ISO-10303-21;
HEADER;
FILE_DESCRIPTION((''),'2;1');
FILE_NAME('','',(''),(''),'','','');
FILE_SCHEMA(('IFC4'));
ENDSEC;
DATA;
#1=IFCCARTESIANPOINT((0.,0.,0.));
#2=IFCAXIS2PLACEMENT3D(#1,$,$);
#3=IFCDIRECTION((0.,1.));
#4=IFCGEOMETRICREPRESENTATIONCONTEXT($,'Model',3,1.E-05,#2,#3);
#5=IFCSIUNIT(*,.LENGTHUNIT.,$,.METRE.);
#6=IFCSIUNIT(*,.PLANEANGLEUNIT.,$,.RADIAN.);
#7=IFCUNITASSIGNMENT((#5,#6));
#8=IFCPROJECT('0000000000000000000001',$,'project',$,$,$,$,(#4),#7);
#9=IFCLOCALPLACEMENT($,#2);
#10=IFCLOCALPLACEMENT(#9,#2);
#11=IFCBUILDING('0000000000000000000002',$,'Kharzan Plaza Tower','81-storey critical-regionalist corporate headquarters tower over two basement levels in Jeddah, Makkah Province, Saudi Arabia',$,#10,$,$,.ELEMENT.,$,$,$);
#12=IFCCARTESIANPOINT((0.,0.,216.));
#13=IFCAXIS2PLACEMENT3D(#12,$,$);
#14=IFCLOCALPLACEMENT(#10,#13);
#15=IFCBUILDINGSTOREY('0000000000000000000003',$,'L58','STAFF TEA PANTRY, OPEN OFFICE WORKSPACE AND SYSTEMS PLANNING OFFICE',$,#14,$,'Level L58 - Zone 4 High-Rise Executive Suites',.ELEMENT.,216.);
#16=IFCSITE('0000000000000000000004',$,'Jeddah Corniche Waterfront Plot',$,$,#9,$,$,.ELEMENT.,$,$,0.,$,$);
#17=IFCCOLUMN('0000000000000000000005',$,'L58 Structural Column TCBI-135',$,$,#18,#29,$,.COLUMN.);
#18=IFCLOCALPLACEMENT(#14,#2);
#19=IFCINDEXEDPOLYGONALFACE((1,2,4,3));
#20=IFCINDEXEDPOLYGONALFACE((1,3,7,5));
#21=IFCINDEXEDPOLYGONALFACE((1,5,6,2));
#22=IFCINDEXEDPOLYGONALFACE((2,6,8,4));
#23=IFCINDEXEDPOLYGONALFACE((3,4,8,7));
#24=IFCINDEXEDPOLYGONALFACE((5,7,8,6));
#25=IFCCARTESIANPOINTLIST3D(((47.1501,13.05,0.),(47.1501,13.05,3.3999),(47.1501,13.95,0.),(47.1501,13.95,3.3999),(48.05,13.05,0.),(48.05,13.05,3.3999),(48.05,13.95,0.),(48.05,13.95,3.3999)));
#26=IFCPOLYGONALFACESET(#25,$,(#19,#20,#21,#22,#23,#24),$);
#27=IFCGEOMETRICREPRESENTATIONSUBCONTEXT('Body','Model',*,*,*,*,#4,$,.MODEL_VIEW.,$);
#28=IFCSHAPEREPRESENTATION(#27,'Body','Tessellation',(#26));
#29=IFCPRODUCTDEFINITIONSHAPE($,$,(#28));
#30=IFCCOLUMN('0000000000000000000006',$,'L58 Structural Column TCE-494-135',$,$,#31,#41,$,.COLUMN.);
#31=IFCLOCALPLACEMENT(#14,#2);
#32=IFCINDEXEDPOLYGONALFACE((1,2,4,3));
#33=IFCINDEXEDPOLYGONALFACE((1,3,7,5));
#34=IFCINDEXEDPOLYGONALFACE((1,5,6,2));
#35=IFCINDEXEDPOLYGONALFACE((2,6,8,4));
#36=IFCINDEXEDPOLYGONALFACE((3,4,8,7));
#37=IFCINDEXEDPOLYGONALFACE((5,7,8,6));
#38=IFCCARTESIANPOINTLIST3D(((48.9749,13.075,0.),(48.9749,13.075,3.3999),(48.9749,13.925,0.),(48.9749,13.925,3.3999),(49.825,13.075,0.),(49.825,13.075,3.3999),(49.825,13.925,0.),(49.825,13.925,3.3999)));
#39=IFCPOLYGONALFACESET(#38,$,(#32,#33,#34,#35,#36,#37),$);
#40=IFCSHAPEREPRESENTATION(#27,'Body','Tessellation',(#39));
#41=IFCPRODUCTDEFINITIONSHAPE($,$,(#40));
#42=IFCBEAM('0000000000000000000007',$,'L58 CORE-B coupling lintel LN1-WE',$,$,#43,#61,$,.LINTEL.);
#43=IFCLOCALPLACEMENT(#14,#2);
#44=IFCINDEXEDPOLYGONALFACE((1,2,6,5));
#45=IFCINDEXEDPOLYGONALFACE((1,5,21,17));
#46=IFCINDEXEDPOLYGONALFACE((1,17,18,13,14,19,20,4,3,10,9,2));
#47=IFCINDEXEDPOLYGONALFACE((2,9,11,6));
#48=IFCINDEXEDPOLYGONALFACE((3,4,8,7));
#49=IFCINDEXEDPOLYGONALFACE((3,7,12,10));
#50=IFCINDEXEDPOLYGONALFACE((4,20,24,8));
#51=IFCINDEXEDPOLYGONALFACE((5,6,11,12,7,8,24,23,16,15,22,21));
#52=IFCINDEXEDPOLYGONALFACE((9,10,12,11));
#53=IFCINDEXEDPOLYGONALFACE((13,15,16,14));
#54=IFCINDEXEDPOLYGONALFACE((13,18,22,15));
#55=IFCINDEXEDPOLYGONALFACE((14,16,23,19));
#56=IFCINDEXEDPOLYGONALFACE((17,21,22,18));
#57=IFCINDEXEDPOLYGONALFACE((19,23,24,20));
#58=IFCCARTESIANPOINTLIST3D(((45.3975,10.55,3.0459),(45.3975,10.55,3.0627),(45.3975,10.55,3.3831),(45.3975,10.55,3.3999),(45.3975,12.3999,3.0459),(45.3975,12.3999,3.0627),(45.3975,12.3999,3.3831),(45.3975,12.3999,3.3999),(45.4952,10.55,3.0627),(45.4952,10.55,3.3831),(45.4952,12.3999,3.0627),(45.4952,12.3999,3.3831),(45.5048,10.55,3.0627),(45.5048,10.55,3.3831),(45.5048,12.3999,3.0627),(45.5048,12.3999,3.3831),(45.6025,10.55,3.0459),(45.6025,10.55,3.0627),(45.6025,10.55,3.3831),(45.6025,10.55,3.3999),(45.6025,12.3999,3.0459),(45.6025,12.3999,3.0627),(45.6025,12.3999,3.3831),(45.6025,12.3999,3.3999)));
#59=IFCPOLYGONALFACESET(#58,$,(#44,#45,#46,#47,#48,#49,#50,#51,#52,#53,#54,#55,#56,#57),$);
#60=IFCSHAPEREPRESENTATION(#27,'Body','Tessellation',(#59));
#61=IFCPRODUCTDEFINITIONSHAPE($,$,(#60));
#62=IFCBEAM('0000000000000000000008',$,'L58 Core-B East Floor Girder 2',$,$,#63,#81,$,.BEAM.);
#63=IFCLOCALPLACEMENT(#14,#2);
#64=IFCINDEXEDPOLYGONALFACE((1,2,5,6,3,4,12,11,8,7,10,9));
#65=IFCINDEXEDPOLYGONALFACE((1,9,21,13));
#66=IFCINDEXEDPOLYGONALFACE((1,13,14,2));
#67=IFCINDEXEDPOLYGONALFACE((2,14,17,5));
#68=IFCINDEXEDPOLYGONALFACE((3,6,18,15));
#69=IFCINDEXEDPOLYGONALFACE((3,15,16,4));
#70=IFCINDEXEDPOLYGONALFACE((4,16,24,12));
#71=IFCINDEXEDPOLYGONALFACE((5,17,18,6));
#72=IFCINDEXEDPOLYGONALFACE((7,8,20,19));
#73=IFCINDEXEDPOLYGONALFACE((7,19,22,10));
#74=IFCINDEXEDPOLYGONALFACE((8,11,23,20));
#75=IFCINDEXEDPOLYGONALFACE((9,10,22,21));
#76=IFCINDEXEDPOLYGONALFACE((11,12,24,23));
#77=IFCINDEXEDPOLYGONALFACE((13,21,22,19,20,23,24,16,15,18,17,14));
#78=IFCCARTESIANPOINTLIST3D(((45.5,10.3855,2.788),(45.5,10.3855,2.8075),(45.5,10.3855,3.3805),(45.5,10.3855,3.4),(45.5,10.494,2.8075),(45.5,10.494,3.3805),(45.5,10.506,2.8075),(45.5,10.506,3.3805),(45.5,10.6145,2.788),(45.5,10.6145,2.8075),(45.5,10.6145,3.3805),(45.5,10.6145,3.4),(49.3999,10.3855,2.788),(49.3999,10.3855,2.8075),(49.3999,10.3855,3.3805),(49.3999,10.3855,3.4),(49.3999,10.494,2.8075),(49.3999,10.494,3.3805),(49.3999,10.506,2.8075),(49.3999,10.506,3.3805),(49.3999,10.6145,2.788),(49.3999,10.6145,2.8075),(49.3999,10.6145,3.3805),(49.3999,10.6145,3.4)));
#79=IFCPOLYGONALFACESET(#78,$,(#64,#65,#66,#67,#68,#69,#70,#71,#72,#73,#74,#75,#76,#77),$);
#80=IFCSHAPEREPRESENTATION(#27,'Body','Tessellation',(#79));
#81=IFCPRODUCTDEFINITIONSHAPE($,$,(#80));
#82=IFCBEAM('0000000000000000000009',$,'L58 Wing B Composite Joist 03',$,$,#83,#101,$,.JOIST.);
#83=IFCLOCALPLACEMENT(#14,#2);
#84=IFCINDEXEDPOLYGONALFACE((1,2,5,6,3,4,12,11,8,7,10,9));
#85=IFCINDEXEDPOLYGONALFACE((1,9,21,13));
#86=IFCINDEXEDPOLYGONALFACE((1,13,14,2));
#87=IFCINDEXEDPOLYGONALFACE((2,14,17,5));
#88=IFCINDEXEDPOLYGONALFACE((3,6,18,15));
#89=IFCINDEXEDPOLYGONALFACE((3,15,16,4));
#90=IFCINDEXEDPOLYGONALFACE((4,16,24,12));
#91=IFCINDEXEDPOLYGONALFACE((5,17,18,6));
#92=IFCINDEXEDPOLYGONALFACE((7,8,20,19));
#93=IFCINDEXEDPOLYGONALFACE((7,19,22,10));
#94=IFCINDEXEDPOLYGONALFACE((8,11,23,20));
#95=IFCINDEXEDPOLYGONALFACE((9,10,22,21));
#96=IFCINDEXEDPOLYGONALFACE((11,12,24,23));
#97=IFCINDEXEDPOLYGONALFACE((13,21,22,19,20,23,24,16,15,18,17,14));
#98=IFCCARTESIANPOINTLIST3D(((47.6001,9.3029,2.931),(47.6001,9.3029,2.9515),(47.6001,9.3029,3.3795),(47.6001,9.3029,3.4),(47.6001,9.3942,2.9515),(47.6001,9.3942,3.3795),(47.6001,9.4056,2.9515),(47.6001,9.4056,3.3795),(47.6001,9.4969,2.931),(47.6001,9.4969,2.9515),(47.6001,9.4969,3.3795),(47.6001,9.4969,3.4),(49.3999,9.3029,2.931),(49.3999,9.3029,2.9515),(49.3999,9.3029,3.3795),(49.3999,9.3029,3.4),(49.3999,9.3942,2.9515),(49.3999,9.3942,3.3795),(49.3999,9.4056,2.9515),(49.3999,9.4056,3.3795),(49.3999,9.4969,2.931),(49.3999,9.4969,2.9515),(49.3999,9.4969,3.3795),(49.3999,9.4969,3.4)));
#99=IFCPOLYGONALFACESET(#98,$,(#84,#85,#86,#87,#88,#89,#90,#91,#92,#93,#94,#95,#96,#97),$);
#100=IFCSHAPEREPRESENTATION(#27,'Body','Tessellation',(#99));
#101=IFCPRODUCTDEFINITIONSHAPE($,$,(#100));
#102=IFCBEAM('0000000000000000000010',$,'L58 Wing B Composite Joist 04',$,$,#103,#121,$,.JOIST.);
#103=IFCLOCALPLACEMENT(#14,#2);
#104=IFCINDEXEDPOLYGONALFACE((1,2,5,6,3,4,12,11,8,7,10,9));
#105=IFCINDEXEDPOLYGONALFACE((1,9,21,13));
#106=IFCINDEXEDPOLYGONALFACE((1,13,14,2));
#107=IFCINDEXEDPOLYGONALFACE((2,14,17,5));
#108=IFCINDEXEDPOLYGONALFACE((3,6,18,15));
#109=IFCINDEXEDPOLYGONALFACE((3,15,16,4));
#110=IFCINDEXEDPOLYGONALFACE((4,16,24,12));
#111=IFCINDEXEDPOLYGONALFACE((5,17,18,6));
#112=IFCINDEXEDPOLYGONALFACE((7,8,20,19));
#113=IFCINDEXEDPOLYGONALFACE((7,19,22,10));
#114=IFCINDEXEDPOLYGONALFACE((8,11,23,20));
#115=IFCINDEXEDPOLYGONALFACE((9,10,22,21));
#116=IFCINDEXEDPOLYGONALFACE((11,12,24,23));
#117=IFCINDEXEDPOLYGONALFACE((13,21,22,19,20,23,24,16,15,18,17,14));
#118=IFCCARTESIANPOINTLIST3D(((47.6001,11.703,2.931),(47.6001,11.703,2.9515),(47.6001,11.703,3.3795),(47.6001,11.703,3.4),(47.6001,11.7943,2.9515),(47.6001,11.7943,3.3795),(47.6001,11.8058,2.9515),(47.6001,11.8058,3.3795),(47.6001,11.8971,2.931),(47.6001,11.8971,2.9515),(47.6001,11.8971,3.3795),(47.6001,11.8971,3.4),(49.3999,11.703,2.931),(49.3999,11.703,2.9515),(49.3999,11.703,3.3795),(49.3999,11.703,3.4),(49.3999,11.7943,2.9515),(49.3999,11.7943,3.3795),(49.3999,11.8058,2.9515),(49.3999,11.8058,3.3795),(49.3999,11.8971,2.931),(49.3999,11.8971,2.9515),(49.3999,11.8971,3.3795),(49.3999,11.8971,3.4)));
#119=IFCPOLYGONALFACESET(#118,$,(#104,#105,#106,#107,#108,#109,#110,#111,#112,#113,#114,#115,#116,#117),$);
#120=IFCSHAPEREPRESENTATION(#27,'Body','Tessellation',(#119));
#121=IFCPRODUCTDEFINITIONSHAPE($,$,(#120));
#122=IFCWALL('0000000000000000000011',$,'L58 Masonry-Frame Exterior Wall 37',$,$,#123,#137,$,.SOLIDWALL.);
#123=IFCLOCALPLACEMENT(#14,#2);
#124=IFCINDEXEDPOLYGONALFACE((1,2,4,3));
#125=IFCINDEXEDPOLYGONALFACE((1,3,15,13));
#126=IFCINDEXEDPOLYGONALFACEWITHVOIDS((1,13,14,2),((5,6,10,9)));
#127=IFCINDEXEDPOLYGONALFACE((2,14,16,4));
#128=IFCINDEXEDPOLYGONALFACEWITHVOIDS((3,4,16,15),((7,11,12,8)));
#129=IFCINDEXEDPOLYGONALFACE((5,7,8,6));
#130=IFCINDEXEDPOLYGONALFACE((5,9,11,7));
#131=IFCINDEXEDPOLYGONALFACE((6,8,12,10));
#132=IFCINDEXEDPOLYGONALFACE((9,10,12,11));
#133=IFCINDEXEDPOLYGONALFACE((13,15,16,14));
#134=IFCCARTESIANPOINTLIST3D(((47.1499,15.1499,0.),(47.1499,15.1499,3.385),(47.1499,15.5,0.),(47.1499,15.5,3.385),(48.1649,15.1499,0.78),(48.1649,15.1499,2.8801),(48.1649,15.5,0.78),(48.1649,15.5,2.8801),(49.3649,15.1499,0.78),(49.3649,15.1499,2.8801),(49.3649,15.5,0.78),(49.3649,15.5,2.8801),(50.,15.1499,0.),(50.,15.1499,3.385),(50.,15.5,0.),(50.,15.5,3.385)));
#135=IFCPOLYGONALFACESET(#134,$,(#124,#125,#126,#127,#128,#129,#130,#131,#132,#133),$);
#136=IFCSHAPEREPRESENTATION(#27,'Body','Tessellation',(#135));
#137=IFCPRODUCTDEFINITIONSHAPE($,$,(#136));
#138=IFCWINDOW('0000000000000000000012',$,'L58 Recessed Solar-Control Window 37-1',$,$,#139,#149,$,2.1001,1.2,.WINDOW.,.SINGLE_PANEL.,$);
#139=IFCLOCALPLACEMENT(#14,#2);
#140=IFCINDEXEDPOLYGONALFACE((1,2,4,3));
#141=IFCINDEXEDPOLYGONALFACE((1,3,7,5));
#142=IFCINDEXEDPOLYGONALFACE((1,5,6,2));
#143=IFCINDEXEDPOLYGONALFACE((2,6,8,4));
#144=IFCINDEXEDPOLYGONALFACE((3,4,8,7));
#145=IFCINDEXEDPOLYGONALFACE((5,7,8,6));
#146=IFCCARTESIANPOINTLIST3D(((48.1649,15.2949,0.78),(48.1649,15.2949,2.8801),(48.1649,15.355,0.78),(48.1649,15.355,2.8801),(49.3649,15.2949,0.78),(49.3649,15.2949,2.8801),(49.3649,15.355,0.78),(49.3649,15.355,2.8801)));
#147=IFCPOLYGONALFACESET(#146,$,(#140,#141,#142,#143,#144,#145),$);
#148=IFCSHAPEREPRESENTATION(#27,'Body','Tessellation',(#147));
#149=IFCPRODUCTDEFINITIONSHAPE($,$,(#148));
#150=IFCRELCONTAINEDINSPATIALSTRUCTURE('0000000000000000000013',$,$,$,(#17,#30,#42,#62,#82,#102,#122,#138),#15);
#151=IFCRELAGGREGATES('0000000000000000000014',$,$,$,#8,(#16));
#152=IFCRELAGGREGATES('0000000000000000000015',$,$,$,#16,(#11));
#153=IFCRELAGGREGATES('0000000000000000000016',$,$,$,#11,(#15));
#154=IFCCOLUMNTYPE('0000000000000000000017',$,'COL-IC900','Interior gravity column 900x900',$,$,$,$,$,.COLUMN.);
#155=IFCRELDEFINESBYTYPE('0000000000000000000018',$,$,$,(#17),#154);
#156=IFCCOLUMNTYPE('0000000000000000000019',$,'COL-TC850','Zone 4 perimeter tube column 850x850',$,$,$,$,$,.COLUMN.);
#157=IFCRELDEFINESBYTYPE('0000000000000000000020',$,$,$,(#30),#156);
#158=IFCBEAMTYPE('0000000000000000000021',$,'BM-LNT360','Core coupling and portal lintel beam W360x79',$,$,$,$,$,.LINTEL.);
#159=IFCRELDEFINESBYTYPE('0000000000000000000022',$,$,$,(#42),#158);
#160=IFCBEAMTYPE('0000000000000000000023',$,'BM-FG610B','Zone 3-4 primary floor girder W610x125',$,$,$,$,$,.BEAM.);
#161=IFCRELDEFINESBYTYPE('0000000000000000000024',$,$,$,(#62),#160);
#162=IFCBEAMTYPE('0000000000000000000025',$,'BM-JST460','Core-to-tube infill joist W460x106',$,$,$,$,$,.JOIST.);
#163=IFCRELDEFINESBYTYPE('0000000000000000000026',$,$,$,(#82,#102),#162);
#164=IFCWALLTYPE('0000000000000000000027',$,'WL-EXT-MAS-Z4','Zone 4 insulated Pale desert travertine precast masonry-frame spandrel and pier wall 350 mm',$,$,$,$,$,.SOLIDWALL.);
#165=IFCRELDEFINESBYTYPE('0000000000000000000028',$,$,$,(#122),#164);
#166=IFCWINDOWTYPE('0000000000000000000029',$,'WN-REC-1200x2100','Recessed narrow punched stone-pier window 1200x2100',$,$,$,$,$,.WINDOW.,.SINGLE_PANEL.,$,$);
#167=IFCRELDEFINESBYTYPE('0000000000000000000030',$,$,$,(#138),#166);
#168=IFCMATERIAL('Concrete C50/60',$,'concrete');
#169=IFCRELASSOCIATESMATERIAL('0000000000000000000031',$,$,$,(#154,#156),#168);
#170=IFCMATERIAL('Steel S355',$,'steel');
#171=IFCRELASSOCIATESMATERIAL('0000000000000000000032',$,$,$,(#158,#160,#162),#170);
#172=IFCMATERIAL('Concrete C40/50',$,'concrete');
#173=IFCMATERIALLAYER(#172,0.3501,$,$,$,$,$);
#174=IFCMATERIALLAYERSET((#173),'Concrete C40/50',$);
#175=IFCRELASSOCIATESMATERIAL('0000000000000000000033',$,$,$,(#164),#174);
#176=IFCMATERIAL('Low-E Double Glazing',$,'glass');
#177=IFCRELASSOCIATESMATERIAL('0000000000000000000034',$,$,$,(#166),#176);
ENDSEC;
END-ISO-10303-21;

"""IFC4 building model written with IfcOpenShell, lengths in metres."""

from ifc_helpers import new_model, si_unit, direction, frame, frame_2d, origin, origin_2d, place, context, subcontext, project, spatial, rectangle, i_section, extrude, source, transform, mapped, material, layer, layer_set, material_profile, profile_set, type_object, element, fill, save


model = new_model("IFC4")

# Units and contexts
model_context = context("Model", 3, precision=1e-05, world=origin(), true_north=direction((0.0, 1.0)))
body_context = subcontext(model_context, "Body", "Model", "MODEL_VIEW")
ifc_project = project(units=[si_unit("LENGTHUNIT", "METRE"), si_unit("PLANEANGLEUNIT", "RADIAN")], contexts=[model_context])

# Site, building, storey
site_placement = place(None, origin())
site = spatial("IfcSite", under=ifc_project, at=site_placement, Name="Jeddah Corniche Waterfront Plot", CompositionType="ELEMENT", RefElevation=0.0)
building_placement = place(site_placement, origin())
building = spatial("IfcBuilding", under=site, at=building_placement, Name="Kharzan Plaza Tower", Description="81-storey critical-regionalist corporate headquarters tower over two basement levels in Jeddah, Makkah Province, Saudi Arabia", CompositionType="ELEMENT")
storey_placement = place(building_placement, frame((0.0, 0.0, 216.0)))
storey = spatial("IfcBuildingStorey", under=building, at=storey_placement, Name="L58", Description="STAFF TEA PANTRY, OPEN OFFICE WORKSPACE AND SYSTEMS PLANNING OFFICE", LongName="Level L58 - Zone 4 High-Rise Executive Suites", CompositionType="ELEMENT", Elevation=216.0)

# Columns
ifc_material_1 = material(Name="Concrete C50/60", Category="concrete")
ifc_material_profile_1 = material_profile(ifc_material_1, rectangle(XDim=0.8999, YDim=0.8999, at=origin_2d()), Name="RC-IC900x900")
ifc_profile_set_1 = profile_set([ifc_material_profile_1], Name="Concrete C50/60")
column_type_1 = type_object("IfcColumnType", Name="COL-IC900", Description="Interior gravity column 900x900", PredefinedType="COLUMN", material=ifc_profile_set_1)
shared_shape_1 = source(origin(), body_context, "Body", "SweptSolid", [
    extrude(rectangle(XDim=0.8999, YDim=0.8999, at=origin_2d()), origin(), (0.0, 0.0, 1.0), 3.3999),
])
column_1_placement = place(storey_placement, frame((47.6001, 13.5, 0.0), z_axis=(0.0, 0.0, 1.0), x_axis=(1.0, 0.0, 0.0)))
element("IfcColumn", 1, at=column_1_placement, inside=storey, type_object=column_type_1, Name="L58 Structural Column TCBI-135", PredefinedType="COLUMN", context=body_context, shape_type="MappedRepresentation", body=[
    mapped(shared_shape_1, transform((0.0, 0.0, 0.0), x_axis=(1.0, 0.0, 0.0), y_axis=(0.0, 1.0, 0.0), z_axis=(0.0, 0.0, 1.0))),
])
ifc_material_profile_2 = material_profile(ifc_material_1, rectangle(XDim=0.8501, YDim=0.8501, at=origin_2d()), Name="RC-TC850x850")
ifc_profile_set_2 = profile_set([ifc_material_profile_2], Name="Concrete C50/60")
column_type_2 = type_object("IfcColumnType", Name="COL-TC850", Description="Zone 4 perimeter tube column 850x850", PredefinedType="COLUMN", material=ifc_profile_set_2)
shared_shape_2 = source(origin(), body_context, "Body", "SweptSolid", [
    extrude(rectangle(XDim=0.8501, YDim=0.8501, at=origin_2d()), origin(), (0.0, 0.0, 1.0), 3.3999),
])
column_2_placement = place(storey_placement, frame((49.3999, 13.5, 0.0), z_axis=(0.0, 0.0, 1.0), x_axis=(1.0, 0.0, 0.0)))
element("IfcColumn", 2, at=column_2_placement, inside=storey, type_object=column_type_2, Name="L58 Structural Column TCE-494-135", PredefinedType="COLUMN", context=body_context, shape_type="MappedRepresentation", body=[
    mapped(shared_shape_2, transform((0.0, 0.0, 0.0), x_axis=(1.0, 0.0, 0.0), y_axis=(0.0, 1.0, 0.0), z_axis=(0.0, 0.0, 1.0))),
])

# Beams
ifc_material_2 = material(Name="Steel S355", Category="steel")
ifc_material_profile_3 = material_profile(ifc_material_2, i_section(OverallWidth=0.2051, OverallDepth=0.354, WebThickness=0.0095, FlangeThickness=0.0168, at=origin_2d()), Name="W360x79")
ifc_profile_set_3 = profile_set([ifc_material_profile_3], Name="Steel S355")
beam_type_1 = type_object("IfcBeamType", Name="BM-LNT360", Description="Core coupling and portal lintel beam W360x79", PredefinedType="LINTEL", material=ifc_profile_set_3)
shared_shape_3 = source(origin(), body_context, "Body", "SweptSolid", [
    extrude(i_section(OverallWidth=0.2051, OverallDepth=0.354, WebThickness=0.0095, FlangeThickness=0.0168, at=origin_2d()), origin(), (0.0, 0.0, 1.0), 1.8499),
])
beam_1_placement = place(storey_placement, frame((45.5, 10.55, 3.2229), z_axis=(0.0, 1.0, 0.0), x_axis=(-1.0, 0.0, 0.0)))
element("IfcBeam", 3, at=beam_1_placement, inside=storey, type_object=beam_type_1, Name="L58 CORE-B coupling lintel LN1-WE", PredefinedType="LINTEL", context=body_context, shape_type="MappedRepresentation", body=[
    mapped(shared_shape_3, transform((0.0, 0.0, 0.0), x_axis=(1.0, 0.0, 0.0), y_axis=(0.0, 1.0, 0.0), z_axis=(0.0, 0.0, 1.0))),
])
ifc_material_profile_4 = material_profile(ifc_material_2, i_section(OverallWidth=0.229, OverallDepth=0.6121, WebThickness=0.012, FlangeThickness=0.0195, at=origin_2d()), Name="W610x125")
ifc_profile_set_4 = profile_set([ifc_material_profile_4], Name="Steel S355")
beam_type_2 = type_object("IfcBeamType", Name="BM-FG610B", Description="Zone 3-4 primary floor girder W610x125", PredefinedType="BEAM", material=ifc_profile_set_4)
shared_shape_4 = source(origin(), body_context, "Body", "SweptSolid", [
    extrude(i_section(OverallWidth=0.229, OverallDepth=0.6121, WebThickness=0.012, FlangeThickness=0.0195, at=origin_2d()), origin(), (0.0, 0.0, 1.0), 3.8999),
])
beam_2_placement = place(storey_placement, frame((45.5, 10.5, 3.094), z_axis=(1.0, 0.0, 0.0), x_axis=(0.0, 1.0, 0.0)))
element("IfcBeam", 4, at=beam_2_placement, inside=storey, type_object=beam_type_2, Name="L58 Core-B East Floor Girder 2", PredefinedType="BEAM", context=body_context, shape_type="MappedRepresentation", body=[
    mapped(shared_shape_4, transform((0.0, 0.0, 0.0), x_axis=(1.0, 0.0, 0.0), y_axis=(0.0, 1.0, 0.0), z_axis=(0.0, 0.0, 1.0))),
])
ifc_material_profile_5 = material_profile(ifc_material_2, i_section(OverallWidth=0.1941, OverallDepth=0.469, WebThickness=0.0115, FlangeThickness=0.0205, at=origin_2d()), Name="W460x106")
ifc_profile_set_5 = profile_set([ifc_material_profile_5], Name="Steel S355")
beam_type_3 = type_object("IfcBeamType", Name="BM-JST460", Description="Core-to-tube infill joist W460x106", PredefinedType="JOIST", material=ifc_profile_set_5)
shared_shape_5 = source(origin(), body_context, "Body", "SweptSolid", [
    extrude(i_section(OverallWidth=0.1941, OverallDepth=0.469, WebThickness=0.0115, FlangeThickness=0.0205, at=origin_2d()), origin(), (0.0, 0.0, 1.0), 1.7998),
])
for number, where, z_axis, x_axis, name in (
    (5, (47.6001, 9.3999, 3.1655), (1.0, 0.0, 0.0), (0.0, 1.0, 0.0), "L58 Wing B Composite Joist 03"),
    (6, (47.6001, 11.8, 3.1655), (1.0, 0.0, 0.0), (0.0, 1.0, 0.0), "L58 Wing B Composite Joist 04"),
):
    element("IfcBeam", number, at=place(storey_placement, frame(where, z_axis=z_axis, x_axis=x_axis)), inside=storey, type_object=beam_type_3, Name=name, PredefinedType="JOIST", context=body_context, shape_type="MappedRepresentation", body=[
        mapped(shared_shape_5, transform((0.0, 0.0, 0.0), x_axis=(1.0, 0.0, 0.0), y_axis=(0.0, 1.0, 0.0), z_axis=(0.0, 0.0, 1.0))),
    ])

# Wall, opening, window
ifc_material_3 = material(Name="Concrete C40/50", Category="concrete")
ifc_layer_1 = layer(ifc_material_3, 0.3501)
ifc_layer_set_1 = layer_set([ifc_layer_1], Name="Concrete C40/50")
wall_type_1 = type_object("IfcWallType", Name="WL-EXT-MAS-Z4", Description="Zone 4 insulated Pale desert travertine precast masonry-frame spandrel and pier wall 350 mm", PredefinedType="SOLIDWALL", material=ifc_layer_set_1)
wall_1_placement = place(storey_placement, frame((50.0, 15.325, 0.0), z_axis=(0.0, 0.0, 1.0), x_axis=(-1.0, 0.0, 0.0)))
wall_1 = element("IfcWall", 7, at=wall_1_placement, inside=storey, type_object=wall_type_1, Name="L58 Masonry-Frame Exterior Wall 37", PredefinedType="SOLIDWALL", context=body_context, shape_type="SweptSolid", body=[
    extrude(rectangle(XDim=2.8501, YDim=0.3501, at=frame_2d((1.425, 0.0))), origin(), (0.0, 0.0, 1.0), 3.385),
])
opening_1_placement = place(wall_1_placement, frame((0.635, 0.0, 0.78)))
opening_1 = element("IfcOpeningElement", 8, at=opening_1_placement, cuts=wall_1, PredefinedType="OPENING", context=body_context, shape_type="SweptSolid", body=[
    extrude(rectangle(XDim=1.2, YDim=2.1001, at=frame_2d((0.6001, 1.05))), frame((0.0, 0.1851, 0.0), z_axis=(0.0, -1.0, 0.0), x_axis=(1.0, 0.0, 0.0)), (0.0, 0.0, 1.0), 0.3701),
])
ifc_material_4 = material(Name="Low-E Double Glazing", Category="glass")
window_type_1 = type_object("IfcWindowType", Name="WN-REC-1200x2100", Description="Recessed narrow punched stone-pier window 1200x2100", PartitioningType="SINGLE_PANEL", PredefinedType="WINDOW", material=ifc_material_4)
shared_shape_6 = source(origin(), body_context, "Body", "SweptSolid", [
    extrude(rectangle(XDim=1.2, YDim=2.1001, at=frame_2d((0.6001, 1.05))), frame((0.0, 0.03, 0.0), z_axis=(0.0, -1.0, 0.0), x_axis=(1.0, 0.0, 0.0)), (0.0, 0.0, 1.0), 0.0601),
])
window_1_placement = place(opening_1_placement, origin())
window_1 = element("IfcWindow", 9, at=window_1_placement, inside=storey, type_object=window_type_1, Name="L58 Recessed Solar-Control Window 37-1", OverallHeight=2.1001, OverallWidth=1.2, PartitioningType="SINGLE_PANEL", PredefinedType="WINDOW", context=body_context, shape_type="MappedRepresentation", body=[
    mapped(shared_shape_6, transform((0.0, 0.0, 0.0), x_axis=(1.0, 0.0, 0.0), y_axis=(0.0, 1.0, 0.0), z_axis=(0.0, 0.0, 1.0))),
])
fill(opening_1, window_1)

save(model, "model.ifc")
